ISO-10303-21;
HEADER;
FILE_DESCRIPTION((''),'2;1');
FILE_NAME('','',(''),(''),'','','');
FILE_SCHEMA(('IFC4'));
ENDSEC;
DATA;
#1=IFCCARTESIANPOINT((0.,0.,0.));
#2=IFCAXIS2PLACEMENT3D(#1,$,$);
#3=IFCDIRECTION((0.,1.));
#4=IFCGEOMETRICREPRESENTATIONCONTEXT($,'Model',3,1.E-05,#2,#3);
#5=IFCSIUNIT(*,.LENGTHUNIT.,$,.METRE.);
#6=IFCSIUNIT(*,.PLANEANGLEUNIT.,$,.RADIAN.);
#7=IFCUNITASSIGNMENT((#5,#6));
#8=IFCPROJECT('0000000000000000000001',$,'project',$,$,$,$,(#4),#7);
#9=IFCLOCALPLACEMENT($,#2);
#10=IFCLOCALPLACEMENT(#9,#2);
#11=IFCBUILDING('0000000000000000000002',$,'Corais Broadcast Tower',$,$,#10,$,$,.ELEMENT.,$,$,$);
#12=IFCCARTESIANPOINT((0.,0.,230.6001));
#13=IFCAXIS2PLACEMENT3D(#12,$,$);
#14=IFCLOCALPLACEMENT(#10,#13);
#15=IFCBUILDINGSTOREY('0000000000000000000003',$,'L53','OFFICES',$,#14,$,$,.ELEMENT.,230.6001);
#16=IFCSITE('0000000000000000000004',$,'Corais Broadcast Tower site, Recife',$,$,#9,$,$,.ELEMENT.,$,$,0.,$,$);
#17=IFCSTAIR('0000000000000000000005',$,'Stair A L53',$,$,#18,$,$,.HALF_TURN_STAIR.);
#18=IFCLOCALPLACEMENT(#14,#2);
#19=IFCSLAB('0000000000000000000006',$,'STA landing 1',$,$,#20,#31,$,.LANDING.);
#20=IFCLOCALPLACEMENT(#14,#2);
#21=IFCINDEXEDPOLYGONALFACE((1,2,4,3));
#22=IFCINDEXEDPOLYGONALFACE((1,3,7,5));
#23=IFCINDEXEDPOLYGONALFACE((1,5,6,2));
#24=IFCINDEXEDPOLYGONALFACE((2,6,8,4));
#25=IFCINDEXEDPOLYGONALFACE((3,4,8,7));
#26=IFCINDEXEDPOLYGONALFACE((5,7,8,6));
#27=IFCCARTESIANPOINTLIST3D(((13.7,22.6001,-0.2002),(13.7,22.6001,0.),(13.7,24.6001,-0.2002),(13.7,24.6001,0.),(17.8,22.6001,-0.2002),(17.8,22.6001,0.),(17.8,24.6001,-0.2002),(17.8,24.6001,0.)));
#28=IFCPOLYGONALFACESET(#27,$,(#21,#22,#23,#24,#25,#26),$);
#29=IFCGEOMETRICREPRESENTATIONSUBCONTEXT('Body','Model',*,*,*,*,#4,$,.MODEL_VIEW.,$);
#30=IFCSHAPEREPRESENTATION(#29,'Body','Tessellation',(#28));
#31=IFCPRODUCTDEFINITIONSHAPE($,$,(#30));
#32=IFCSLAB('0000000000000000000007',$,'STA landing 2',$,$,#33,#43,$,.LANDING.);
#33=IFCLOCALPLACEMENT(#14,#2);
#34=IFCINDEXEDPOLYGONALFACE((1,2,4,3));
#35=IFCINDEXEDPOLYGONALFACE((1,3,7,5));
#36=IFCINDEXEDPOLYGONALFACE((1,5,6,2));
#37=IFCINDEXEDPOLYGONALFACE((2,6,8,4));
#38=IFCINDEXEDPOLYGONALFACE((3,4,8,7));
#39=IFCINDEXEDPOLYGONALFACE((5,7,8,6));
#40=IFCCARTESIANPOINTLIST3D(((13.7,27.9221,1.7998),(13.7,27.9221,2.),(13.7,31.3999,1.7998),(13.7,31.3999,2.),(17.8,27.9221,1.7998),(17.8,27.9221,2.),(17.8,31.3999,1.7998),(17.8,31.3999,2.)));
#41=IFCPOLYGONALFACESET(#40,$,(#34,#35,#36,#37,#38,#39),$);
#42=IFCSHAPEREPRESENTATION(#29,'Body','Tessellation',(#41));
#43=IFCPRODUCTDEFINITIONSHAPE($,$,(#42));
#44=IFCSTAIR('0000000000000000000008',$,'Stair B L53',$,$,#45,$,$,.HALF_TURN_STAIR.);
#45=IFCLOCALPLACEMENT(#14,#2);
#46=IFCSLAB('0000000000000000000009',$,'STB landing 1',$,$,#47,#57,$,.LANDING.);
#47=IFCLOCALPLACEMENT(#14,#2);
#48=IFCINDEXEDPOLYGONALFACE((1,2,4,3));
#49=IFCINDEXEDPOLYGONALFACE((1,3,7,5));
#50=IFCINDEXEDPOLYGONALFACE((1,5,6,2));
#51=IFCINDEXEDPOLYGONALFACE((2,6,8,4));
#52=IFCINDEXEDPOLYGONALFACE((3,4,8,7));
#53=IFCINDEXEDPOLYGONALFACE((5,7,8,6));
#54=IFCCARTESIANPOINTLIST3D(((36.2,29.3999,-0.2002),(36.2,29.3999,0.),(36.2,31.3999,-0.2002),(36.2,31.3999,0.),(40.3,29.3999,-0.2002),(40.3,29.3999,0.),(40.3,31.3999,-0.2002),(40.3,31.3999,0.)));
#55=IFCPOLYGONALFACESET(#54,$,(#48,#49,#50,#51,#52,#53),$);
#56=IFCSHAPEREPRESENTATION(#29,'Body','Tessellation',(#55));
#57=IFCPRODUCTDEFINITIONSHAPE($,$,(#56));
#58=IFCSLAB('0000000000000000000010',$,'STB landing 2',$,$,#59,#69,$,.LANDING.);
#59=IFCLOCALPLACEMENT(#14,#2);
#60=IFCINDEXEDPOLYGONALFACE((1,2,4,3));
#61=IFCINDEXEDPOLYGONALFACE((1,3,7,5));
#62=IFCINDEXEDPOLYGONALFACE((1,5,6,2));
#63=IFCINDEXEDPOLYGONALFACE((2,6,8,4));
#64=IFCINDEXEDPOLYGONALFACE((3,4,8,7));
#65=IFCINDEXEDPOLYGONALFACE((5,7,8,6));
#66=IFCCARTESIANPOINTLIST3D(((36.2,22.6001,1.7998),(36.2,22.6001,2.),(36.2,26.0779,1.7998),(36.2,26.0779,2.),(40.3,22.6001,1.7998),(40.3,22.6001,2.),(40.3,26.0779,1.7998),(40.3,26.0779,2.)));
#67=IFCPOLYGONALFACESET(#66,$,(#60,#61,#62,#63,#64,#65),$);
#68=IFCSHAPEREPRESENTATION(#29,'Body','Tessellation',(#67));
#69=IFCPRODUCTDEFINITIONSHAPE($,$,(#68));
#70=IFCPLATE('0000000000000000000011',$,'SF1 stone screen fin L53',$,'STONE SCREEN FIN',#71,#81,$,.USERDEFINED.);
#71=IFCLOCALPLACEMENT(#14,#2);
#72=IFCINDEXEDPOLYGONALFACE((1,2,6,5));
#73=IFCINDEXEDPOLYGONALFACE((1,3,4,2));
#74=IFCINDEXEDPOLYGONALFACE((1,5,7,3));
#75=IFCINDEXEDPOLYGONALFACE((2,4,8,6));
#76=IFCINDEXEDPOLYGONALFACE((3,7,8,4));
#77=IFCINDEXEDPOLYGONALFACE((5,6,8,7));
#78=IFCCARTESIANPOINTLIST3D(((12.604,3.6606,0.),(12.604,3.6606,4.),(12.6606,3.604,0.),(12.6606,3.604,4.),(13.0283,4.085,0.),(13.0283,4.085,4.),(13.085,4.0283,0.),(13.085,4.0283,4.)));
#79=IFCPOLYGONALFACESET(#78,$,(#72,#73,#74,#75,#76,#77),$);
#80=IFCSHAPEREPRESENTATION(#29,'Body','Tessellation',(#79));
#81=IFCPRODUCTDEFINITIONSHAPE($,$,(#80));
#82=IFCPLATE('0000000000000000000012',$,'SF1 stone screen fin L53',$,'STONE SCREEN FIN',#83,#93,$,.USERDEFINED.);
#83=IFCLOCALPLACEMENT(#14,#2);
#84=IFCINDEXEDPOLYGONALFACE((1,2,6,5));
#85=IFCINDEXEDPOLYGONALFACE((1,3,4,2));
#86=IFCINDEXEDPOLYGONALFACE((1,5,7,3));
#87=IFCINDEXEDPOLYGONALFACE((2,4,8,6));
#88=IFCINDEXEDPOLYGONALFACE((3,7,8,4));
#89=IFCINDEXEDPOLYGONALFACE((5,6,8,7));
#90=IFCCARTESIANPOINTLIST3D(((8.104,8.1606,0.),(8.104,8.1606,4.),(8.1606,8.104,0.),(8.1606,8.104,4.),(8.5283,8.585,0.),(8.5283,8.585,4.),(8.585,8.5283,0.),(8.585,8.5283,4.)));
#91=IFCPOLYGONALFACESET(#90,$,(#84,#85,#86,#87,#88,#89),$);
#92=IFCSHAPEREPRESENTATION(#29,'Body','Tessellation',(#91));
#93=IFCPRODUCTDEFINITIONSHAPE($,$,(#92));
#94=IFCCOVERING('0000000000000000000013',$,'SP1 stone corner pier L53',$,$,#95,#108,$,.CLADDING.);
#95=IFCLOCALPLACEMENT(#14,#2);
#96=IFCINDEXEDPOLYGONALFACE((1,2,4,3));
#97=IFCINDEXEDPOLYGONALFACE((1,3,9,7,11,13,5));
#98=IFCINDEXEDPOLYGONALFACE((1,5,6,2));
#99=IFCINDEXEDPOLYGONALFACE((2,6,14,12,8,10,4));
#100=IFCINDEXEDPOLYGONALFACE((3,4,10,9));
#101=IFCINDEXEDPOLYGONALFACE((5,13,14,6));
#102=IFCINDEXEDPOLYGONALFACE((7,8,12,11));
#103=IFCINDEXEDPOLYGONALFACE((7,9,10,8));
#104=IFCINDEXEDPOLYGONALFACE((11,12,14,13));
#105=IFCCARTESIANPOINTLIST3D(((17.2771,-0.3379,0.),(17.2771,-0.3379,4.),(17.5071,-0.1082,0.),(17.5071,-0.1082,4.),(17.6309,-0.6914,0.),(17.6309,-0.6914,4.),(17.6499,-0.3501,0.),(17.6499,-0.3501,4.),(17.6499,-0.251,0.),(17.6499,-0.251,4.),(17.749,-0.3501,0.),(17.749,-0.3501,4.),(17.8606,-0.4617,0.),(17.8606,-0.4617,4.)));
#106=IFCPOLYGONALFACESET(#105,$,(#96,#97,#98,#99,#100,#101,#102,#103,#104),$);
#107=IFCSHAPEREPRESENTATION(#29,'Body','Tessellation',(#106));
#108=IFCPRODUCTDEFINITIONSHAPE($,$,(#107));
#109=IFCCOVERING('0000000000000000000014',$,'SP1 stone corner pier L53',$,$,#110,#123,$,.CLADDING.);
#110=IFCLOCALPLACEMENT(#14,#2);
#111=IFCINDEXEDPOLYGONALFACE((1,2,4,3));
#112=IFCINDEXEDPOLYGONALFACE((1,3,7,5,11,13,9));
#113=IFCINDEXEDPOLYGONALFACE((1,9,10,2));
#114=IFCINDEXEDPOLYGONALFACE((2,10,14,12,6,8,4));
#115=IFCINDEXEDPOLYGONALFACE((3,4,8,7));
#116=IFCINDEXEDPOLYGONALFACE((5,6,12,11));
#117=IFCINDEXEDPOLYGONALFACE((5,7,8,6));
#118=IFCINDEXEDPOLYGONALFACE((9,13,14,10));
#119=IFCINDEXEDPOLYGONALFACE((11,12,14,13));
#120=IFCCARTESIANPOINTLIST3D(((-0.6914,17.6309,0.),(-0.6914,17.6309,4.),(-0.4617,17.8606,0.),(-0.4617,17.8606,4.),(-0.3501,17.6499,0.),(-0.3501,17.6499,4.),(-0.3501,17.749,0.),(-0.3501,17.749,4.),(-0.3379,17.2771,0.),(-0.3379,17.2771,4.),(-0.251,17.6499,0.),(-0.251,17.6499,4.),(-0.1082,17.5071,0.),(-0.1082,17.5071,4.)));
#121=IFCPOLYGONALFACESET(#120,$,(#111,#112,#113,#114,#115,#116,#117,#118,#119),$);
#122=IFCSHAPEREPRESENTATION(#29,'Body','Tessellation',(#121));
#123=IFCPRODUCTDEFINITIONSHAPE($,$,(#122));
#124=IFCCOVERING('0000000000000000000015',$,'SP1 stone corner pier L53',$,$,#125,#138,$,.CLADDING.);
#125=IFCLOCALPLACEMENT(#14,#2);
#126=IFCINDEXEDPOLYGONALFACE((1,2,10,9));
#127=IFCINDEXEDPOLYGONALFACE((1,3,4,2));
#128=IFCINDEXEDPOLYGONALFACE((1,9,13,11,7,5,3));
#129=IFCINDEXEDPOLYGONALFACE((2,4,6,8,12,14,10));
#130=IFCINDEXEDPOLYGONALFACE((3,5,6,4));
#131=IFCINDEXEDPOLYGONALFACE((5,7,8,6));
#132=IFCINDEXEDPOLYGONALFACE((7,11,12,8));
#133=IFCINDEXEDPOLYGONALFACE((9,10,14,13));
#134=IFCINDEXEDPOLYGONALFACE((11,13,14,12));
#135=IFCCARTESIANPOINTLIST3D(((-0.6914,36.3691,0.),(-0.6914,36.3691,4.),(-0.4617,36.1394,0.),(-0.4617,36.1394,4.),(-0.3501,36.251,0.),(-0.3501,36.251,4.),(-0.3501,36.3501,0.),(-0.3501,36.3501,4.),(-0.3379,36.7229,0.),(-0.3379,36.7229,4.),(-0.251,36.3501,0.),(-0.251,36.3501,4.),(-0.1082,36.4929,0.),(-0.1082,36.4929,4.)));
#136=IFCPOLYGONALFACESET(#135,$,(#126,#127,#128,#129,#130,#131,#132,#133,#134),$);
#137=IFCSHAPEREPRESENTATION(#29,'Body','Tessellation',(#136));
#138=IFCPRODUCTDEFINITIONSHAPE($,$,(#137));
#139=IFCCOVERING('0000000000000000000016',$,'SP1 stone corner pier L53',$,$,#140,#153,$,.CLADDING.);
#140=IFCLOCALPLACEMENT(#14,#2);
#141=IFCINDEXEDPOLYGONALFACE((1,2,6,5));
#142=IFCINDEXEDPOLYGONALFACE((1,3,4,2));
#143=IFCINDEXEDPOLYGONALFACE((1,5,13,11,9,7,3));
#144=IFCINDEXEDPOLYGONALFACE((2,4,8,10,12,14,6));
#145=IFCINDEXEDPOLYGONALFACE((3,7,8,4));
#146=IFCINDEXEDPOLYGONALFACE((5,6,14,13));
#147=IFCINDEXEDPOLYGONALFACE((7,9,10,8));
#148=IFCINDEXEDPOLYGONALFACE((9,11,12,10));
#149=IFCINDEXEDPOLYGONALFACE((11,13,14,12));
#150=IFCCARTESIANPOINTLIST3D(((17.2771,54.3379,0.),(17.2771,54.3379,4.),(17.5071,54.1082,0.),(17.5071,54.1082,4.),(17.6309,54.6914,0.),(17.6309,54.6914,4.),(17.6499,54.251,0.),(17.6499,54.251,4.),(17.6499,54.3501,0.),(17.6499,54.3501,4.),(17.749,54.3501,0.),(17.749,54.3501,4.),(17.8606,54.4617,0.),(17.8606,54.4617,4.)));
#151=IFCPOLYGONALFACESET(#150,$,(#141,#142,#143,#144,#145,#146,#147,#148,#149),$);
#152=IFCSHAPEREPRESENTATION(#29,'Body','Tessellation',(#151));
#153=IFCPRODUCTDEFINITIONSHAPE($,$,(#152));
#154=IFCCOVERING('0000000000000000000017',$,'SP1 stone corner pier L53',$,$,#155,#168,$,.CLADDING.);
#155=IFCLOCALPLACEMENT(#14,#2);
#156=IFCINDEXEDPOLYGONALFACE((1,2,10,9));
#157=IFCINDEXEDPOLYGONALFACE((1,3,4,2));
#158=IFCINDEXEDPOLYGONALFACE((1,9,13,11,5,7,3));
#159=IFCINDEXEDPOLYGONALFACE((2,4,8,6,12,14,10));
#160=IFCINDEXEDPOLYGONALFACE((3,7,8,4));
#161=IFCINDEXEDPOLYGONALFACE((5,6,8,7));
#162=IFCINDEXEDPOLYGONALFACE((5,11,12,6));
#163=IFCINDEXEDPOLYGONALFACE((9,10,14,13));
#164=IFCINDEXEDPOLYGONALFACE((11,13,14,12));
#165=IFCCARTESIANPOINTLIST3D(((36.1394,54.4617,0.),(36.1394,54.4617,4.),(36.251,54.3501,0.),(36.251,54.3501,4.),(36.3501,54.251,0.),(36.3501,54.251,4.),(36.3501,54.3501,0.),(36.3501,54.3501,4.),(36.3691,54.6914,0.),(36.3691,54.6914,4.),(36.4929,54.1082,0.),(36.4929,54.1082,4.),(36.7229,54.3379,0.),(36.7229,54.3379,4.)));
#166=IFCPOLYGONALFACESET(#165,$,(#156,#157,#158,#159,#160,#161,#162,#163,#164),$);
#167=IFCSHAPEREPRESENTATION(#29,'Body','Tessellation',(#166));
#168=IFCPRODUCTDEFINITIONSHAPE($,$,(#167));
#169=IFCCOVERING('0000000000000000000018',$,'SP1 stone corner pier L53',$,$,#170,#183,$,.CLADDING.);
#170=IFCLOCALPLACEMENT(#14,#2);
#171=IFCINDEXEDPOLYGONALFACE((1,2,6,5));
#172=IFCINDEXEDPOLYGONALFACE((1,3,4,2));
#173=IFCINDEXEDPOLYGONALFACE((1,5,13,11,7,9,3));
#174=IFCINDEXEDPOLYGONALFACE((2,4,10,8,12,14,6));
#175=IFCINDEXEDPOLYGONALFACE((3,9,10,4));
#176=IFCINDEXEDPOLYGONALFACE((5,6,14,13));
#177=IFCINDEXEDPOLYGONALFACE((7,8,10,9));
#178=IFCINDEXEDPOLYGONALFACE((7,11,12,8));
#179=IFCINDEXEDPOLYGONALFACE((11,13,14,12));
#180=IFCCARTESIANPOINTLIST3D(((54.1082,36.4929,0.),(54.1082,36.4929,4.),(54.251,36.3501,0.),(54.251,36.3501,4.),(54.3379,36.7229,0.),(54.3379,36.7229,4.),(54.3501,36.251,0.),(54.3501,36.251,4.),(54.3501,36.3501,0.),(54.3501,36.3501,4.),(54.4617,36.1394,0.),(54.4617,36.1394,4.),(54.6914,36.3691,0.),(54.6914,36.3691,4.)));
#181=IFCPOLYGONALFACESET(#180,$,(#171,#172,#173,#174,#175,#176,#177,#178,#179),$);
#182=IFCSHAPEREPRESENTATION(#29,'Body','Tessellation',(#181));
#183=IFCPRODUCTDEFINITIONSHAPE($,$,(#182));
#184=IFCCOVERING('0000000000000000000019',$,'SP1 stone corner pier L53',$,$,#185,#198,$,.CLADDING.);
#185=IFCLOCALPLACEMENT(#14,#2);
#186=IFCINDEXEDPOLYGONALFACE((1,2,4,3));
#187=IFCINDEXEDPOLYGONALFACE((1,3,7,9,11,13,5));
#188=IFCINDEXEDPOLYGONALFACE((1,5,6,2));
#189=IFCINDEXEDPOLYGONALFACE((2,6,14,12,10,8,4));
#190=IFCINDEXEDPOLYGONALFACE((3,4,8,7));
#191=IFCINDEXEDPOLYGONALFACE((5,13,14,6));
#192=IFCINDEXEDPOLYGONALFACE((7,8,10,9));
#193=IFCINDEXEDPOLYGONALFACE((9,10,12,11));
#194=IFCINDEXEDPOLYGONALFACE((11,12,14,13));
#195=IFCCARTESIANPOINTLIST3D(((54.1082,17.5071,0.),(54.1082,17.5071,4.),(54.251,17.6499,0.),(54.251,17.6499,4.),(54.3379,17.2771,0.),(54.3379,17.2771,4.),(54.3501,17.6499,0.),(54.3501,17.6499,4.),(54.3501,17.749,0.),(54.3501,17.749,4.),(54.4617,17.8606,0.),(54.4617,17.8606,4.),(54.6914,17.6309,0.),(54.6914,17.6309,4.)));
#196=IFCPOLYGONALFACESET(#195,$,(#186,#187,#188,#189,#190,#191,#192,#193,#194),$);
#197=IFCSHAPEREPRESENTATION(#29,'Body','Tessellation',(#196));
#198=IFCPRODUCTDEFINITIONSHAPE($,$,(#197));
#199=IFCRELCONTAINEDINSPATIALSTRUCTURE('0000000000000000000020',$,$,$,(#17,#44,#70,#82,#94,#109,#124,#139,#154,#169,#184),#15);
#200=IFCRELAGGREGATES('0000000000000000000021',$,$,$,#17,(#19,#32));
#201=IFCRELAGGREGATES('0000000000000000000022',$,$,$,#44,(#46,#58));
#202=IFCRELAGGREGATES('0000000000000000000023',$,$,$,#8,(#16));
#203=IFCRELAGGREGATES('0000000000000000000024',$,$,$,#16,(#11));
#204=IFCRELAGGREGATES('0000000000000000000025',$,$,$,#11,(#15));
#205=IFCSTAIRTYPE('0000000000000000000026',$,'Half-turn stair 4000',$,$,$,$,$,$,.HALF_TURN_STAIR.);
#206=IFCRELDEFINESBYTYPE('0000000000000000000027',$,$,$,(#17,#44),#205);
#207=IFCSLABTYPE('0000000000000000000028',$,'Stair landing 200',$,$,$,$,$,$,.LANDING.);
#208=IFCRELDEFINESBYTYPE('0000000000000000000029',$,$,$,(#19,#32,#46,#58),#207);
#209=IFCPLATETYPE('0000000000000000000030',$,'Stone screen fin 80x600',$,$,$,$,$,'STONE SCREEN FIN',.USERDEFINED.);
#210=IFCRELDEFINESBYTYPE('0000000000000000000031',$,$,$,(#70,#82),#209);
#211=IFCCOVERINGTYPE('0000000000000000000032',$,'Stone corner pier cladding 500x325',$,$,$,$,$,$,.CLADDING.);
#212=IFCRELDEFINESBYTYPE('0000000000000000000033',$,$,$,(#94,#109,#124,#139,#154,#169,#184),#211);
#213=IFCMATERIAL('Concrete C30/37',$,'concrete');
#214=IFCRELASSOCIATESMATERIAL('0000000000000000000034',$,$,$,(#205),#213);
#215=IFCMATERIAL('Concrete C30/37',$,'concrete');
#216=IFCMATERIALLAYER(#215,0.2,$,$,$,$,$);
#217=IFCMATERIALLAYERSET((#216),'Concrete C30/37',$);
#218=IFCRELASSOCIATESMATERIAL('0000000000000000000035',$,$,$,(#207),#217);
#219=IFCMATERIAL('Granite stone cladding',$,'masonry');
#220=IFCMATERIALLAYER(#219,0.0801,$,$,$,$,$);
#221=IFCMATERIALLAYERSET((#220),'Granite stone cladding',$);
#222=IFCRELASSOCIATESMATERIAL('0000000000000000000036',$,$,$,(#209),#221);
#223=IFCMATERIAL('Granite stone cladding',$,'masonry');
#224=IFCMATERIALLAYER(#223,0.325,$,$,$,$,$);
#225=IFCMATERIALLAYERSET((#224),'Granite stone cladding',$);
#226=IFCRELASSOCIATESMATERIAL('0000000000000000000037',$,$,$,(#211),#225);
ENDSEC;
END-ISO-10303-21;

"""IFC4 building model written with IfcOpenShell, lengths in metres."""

from ifc_helpers import new_model, si_unit, direction, frame, origin, origin_2d, place, context, subcontext, project, spatial, polyline, rectangle, outline, extrude, material, layer, layer_set, type_object, element, aggregate, save


model = new_model("IFC4")

# Units and contexts
model_context = context("Model", 3, precision=1e-05, world=origin(), true_north=direction((0.0, 1.0)))
body_context = subcontext(model_context, "Body", "Model", "MODEL_VIEW")
ifc_project = project(units=[si_unit("LENGTHUNIT", "METRE"), si_unit("PLANEANGLEUNIT", "RADIAN")], contexts=[model_context])

# Site, building, storey
site_placement = place(None, origin())
site = spatial("IfcSite", under=ifc_project, at=site_placement, Name="Corais Broadcast Tower site, Recife", CompositionType="ELEMENT", RefElevation=0.0)
building_placement = place(site_placement, origin())
building = spatial("IfcBuilding", under=site, at=building_placement, Name="Corais Broadcast Tower", CompositionType="ELEMENT")
storey_placement = place(building_placement, frame((0.0, 0.0, 230.6001)))
storey = spatial("IfcBuildingStorey", under=building, at=storey_placement, Name="L53", Description="OFFICES", CompositionType="ELEMENT", Elevation=230.6001)

# Stairs, slabs
ifc_material_1 = material(Name="Concrete C30/37", Category="concrete")
stair_type = type_object("IfcStairType", Name="Half-turn stair 4000", PredefinedType="HALF_TURN_STAIR", material=ifc_material_1)
stair_1_placement = place(storey_placement, origin())
stair_1 = element("IfcStair", 1, at=stair_1_placement, inside=storey, type_object=stair_type, Name="Stair A L53", PredefinedType="HALF_TURN_STAIR")
ifc_material_2 = material(Name="Concrete C30/37", Category="concrete")
ifc_layer_1 = layer(ifc_material_2, 0.2)
ifc_layer_set_1 = layer_set([ifc_layer_1], Name="Concrete C30/37")
slab_type_1 = type_object("IfcSlabType", Name="Stair landing 200", PredefinedType="LANDING", material=ifc_layer_set_1)
slab_1_placement = place(storey_placement, frame((0.0, 0.0, -0.2002)))
slab_1 = element("IfcSlab", 2, at=slab_1_placement, type_object=slab_type_1, Name="STA landing 1", PredefinedType="LANDING", context=body_context, shape_type="SweptSolid", body=[
    extrude(outline(polyline([(13.7, 22.6001), (17.8, 22.6001), (17.8, 24.6001), (13.7, 24.6001), (13.7, 22.6001)])), origin(), (0.0, 0.0, 1.0), 0.2002),
])
slab_2_placement = place(storey_placement, frame((0.0, 0.0, 1.7998)))
slab_2 = element("IfcSlab", 3, at=slab_2_placement, type_object=slab_type_1, Name="STA landing 2", PredefinedType="LANDING", context=body_context, shape_type="SweptSolid", body=[
    extrude(outline(polyline([(13.7, 27.9221), (17.8, 27.9221), (17.8, 31.3999), (13.7, 31.3999), (13.7, 27.9221)])), origin(), (0.0, 0.0, 1.0), 0.2002),
])
aggregate(stair_1, [slab_1, slab_2])
stair_2_placement = place(storey_placement, origin())
stair_2 = element("IfcStair", 4, at=stair_2_placement, inside=storey, type_object=stair_type, Name="Stair B L53", PredefinedType="HALF_TURN_STAIR")
slab_3_placement = place(storey_placement, frame((0.0, 0.0, -0.2002)))
slab_3 = element("IfcSlab", 5, at=slab_3_placement, type_object=slab_type_1, Name="STB landing 1", PredefinedType="LANDING", context=body_context, shape_type="SweptSolid", body=[
    extrude(outline(polyline([(36.2, 29.3999), (40.3, 29.3999), (40.3, 31.3999), (36.2, 31.3999), (36.2, 29.3999)])), origin(), (0.0, 0.0, 1.0), 0.2002),
])
slab_4_placement = place(storey_placement, frame((0.0, 0.0, 1.7998)))
slab_4 = element("IfcSlab", 6, at=slab_4_placement, type_object=slab_type_1, Name="STB landing 2", PredefinedType="LANDING", context=body_context, shape_type="SweptSolid", body=[
    extrude(outline(polyline([(36.2, 22.6001), (40.3, 22.6001), (40.3, 26.0779), (36.2, 26.0779), (36.2, 22.6001)])), origin(), (0.0, 0.0, 1.0), 0.2002),
])
aggregate(stair_2, [slab_3, slab_4])

# Plates
ifc_material_3 = material(Name="Granite stone cladding", Category="masonry")
ifc_layer_2 = layer(ifc_material_3, 0.0801)
ifc_layer_set_2 = layer_set([ifc_layer_2], Name="Granite stone cladding")
plate_type_1 = type_object("IfcPlateType", Name="Stone screen fin 80x600", ElementType="STONE SCREEN FIN", PredefinedType="USERDEFINED", material=ifc_layer_set_2)
for number, where, z_axis, x_axis, name in (
    (7, (12.8445, 3.8445, 0.0), (0.0, 0.0, 1.0), (-0.707107, 0.707107, 0.0), "SF1 stone screen fin L53"),
    (8, (8.3445, 8.3445, 0.0), (0.0, 0.0, 1.0), (-0.707107, 0.707107, 0.0), "SF1 stone screen fin L53"),
):
    element("IfcPlate", number, at=place(storey_placement, frame(where, z_axis=z_axis, x_axis=x_axis)), inside=storey, type_object=plate_type_1, Name=name, ObjectType="STONE SCREEN FIN", PredefinedType="USERDEFINED", context=body_context, shape_type="SweptSolid", body=[
        extrude(rectangle(XDim=0.0801, YDim=0.6001, at=origin_2d()), origin(), (0.0, 0.0, 1.0), 4.0),
    ])

# Coverings
ifc_material_4 = material(Name="Granite stone cladding", Category="masonry")
ifc_layer_3 = layer(ifc_material_4, 0.325)
ifc_layer_set_3 = layer_set([ifc_layer_3], Name="Granite stone cladding")
covering_type_1 = type_object("IfcCoveringType", Name="Stone corner pier cladding 500x325", PredefinedType="CLADDING", material=ifc_layer_set_3)
covering_1_placement = place(storey_placement, origin())
element("IfcCovering", 9, at=covering_1_placement, inside=storey, type_object=covering_type_1, Name="SP1 stone corner pier L53", PredefinedType="CLADDING", context=body_context, shape_type="SweptSolid", body=[
    extrude(outline(polyline([(17.8606, -0.4617), (17.749, -0.3501), (17.6499, -0.3501), (17.6499, -0.251), (17.5071, -0.1082), (17.2771, -0.3379), (17.6309, -0.6914), (17.8606, -0.4617)])), origin(), (0.0, 0.0, 1.0), 4.0),
])
covering_2_placement = place(storey_placement, origin())
element("IfcCovering", 10, at=covering_2_placement, inside=storey, type_object=covering_type_1, Name="SP1 stone corner pier L53", PredefinedType="CLADDING", context=body_context, shape_type="SweptSolid", body=[
    extrude(outline(polyline([(-0.3501, 17.749), (-0.4617, 17.8606), (-0.6914, 17.6309), (-0.3379, 17.2771), (-0.1082, 17.5071), (-0.251, 17.6499), (-0.3501, 17.6499), (-0.3501, 17.749)])), origin(), (0.0, 0.0, 1.0), 4.0),
])
covering_3_placement = place(storey_placement, origin())
element("IfcCovering", 11, at=covering_3_placement, inside=storey, type_object=covering_type_1, Name="SP1 stone corner pier L53", PredefinedType="CLADDING", context=body_context, shape_type="SweptSolid", body=[
    extrude(outline(polyline([(-0.4617, 36.1394), (-0.3501, 36.251), (-0.3501, 36.3501), (-0.251, 36.3501), (-0.1082, 36.4929), (-0.3379, 36.7229), (-0.6914, 36.3691), (-0.4617, 36.1394)])), origin(), (0.0, 0.0, 1.0), 4.0),
])
covering_4_placement = place(storey_placement, origin())
element("IfcCovering", 12, at=covering_4_placement, inside=storey, type_object=covering_type_1, Name="SP1 stone corner pier L53", PredefinedType="CLADDING", context=body_context, shape_type="SweptSolid", body=[
    extrude(outline(polyline([(17.749, 54.3501), (17.8606, 54.4617), (17.6309, 54.6914), (17.2771, 54.3379), (17.5071, 54.1082), (17.6499, 54.251), (17.6499, 54.3501), (17.749, 54.3501)])), origin(), (0.0, 0.0, 1.0), 4.0),
])
covering_5_placement = place(storey_placement, origin())
element("IfcCovering", 13, at=covering_5_placement, inside=storey, type_object=covering_type_1, Name="SP1 stone corner pier L53", PredefinedType="CLADDING", context=body_context, shape_type="SweptSolid", body=[
    extrude(outline(polyline([(36.1394, 54.4617), (36.251, 54.3501), (36.3501, 54.3501), (36.3501, 54.251), (36.4929, 54.1082), (36.7229, 54.3379), (36.3691, 54.6914), (36.1394, 54.4617)])), origin(), (0.0, 0.0, 1.0), 4.0),
])
covering_6_placement = place(storey_placement, origin())
element("IfcCovering", 14, at=covering_6_placement, inside=storey, type_object=covering_type_1, Name="SP1 stone corner pier L53", PredefinedType="CLADDING", context=body_context, shape_type="SweptSolid", body=[
    extrude(outline(polyline([(54.3501, 36.251), (54.4617, 36.1394), (54.6914, 36.3691), (54.3379, 36.7229), (54.1082, 36.4929), (54.251, 36.3501), (54.3501, 36.3501), (54.3501, 36.251)])), origin(), (0.0, 0.0, 1.0), 4.0),
])
covering_7_placement = place(storey_placement, origin())
element("IfcCovering", 15, at=covering_7_placement, inside=storey, type_object=covering_type_1, Name="SP1 stone corner pier L53", PredefinedType="CLADDING", context=body_context, shape_type="SweptSolid", body=[
    extrude(outline(polyline([(54.4617, 17.8606), (54.3501, 17.749), (54.3501, 17.6499), (54.251, 17.6499), (54.1082, 17.5071), (54.3379, 17.2771), (54.6914, 17.6309), (54.4617, 17.8606)])), origin(), (0.0, 0.0, 1.0), 4.0),
])

save(model, "model.ifc")
